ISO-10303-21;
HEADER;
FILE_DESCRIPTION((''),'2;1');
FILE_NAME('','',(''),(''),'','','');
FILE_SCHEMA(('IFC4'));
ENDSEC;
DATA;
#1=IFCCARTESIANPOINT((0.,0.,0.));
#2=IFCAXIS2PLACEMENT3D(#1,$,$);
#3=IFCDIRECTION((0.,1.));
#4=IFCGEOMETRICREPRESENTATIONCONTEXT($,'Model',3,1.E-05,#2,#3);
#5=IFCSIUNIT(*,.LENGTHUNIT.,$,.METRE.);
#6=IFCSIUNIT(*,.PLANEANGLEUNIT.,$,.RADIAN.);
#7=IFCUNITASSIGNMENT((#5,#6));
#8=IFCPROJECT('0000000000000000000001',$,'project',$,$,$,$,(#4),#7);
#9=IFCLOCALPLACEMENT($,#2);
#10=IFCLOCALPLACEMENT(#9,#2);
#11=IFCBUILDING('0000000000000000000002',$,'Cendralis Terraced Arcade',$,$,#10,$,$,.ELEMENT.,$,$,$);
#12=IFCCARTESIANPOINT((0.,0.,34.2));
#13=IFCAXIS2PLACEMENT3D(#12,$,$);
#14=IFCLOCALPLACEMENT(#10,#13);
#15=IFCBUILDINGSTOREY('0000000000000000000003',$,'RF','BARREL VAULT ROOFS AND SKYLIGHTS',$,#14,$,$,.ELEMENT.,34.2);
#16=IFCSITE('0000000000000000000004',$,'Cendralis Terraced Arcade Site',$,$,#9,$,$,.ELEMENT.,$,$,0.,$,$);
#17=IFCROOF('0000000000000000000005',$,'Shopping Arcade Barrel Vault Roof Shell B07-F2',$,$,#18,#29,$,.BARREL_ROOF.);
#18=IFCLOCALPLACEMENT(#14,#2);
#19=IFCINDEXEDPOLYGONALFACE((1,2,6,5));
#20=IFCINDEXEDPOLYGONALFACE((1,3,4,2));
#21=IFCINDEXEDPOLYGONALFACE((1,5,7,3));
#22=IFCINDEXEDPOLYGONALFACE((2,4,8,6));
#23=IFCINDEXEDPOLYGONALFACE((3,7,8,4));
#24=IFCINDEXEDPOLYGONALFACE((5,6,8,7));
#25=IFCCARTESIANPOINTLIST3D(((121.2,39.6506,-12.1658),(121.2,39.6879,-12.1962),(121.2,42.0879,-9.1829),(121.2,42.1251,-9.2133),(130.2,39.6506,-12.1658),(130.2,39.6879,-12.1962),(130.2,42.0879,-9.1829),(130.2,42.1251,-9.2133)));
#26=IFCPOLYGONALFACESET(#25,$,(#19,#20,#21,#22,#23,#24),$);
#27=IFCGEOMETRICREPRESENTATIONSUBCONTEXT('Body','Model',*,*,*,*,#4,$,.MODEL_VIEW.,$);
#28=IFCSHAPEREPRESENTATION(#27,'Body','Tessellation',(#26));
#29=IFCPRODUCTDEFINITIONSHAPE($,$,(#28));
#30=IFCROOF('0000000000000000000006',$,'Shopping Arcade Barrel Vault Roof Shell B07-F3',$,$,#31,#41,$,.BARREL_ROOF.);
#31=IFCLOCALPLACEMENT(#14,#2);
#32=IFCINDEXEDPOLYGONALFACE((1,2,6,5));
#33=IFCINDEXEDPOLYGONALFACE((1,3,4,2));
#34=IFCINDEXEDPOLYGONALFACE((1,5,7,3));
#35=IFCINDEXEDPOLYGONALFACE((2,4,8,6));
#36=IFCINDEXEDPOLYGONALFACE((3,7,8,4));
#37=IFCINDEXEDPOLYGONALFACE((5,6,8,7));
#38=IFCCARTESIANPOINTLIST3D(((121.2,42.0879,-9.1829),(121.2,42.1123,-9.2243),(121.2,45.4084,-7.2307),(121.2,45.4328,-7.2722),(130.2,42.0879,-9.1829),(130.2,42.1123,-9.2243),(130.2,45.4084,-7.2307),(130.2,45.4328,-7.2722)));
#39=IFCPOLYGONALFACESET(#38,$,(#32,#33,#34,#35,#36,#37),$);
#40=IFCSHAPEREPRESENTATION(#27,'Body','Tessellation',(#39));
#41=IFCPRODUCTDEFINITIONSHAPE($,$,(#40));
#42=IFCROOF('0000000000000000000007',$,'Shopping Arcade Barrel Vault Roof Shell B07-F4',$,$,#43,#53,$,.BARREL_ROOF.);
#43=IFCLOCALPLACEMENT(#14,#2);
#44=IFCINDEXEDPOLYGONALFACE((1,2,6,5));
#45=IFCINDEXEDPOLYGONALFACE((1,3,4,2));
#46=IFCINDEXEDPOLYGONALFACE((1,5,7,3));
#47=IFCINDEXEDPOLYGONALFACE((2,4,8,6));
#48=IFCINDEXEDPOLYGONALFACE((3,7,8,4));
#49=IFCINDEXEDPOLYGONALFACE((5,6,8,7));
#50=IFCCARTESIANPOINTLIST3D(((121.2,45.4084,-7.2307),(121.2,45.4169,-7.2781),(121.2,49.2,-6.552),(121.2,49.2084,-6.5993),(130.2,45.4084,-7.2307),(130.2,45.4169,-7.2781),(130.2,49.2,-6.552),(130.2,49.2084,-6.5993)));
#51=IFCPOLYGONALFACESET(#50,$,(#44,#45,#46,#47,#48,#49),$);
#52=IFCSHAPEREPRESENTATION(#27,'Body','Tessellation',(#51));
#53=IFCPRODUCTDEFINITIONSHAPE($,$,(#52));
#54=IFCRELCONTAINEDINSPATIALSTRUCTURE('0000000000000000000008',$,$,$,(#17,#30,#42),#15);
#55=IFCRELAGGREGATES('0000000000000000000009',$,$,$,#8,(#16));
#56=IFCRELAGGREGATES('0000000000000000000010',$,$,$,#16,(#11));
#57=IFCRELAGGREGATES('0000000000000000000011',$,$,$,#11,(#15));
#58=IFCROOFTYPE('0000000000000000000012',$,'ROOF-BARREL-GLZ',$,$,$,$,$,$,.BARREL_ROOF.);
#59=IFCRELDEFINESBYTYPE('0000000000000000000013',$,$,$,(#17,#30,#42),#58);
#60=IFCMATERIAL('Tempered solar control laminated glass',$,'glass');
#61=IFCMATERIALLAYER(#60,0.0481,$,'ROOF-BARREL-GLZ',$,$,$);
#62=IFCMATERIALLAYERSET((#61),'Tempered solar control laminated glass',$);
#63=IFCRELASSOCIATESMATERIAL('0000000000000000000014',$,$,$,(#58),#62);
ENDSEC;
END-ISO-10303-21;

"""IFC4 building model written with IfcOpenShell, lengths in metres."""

from ifc_helpers import new_model, si_unit, direction, frame, origin, place, context, subcontext, project, spatial, polyline, outline, extrude, material, layer, layer_set, type_object, element, save


model = new_model("IFC4")

# Units and contexts
model_context = context("Model", 3, precision=1e-05, world=origin(), true_north=direction((0.0, 1.0)))
body_context = subcontext(model_context, "Body", "Model", "MODEL_VIEW")
ifc_project = project(units=[si_unit("LENGTHUNIT", "METRE"), si_unit("PLANEANGLEUNIT", "RADIAN")], contexts=[model_context])

# Site, building, storey
site_placement = place(None, origin())
site = spatial("IfcSite", under=ifc_project, at=site_placement, Name="Cendralis Terraced Arcade Site", CompositionType="ELEMENT", RefElevation=0.0)
building_placement = place(site_placement, origin())
building = spatial("IfcBuilding", under=site, at=building_placement, Name="Cendralis Terraced Arcade", CompositionType="ELEMENT")
storey_placement = place(building_placement, frame((0.0, 0.0, 34.2)))
storey = spatial("IfcBuildingStorey", under=building, at=storey_placement, Name="RF", Description="BARREL VAULT ROOFS AND SKYLIGHTS", CompositionType="ELEMENT", Elevation=34.2)

# Roofs
ifc_material_1 = material(Name="Tempered solar control laminated glass", Category="glass")
ifc_layer_1 = layer(ifc_material_1, 0.0481, Name="ROOF-BARREL-GLZ")
ifc_layer_set_1 = layer_set([ifc_layer_1], Name="Tempered solar control laminated glass")
roof_type_1 = type_object("IfcRoofType", Name="ROOF-BARREL-GLZ", PredefinedType="BARREL_ROOF", material=ifc_layer_set_1)
roof_1_placement = place(storey_placement, frame((121.2, 39.6506, -12.1658), z_axis=(0.0, -0.774378, 0.632723), x_axis=(1.0, 0.0, 0.0)))
element("IfcRoof", 1, at=roof_1_placement, inside=storey, type_object=roof_type_1, Name="Shopping Arcade Barrel Vault Roof Shell B07-F2", PredefinedType="BARREL_ROOF", context=body_context, shape_type="SweptSolid", body=[
    extrude(outline(polyline([(0.0, 0.0), (9.0, 0.0), (9.0, 3.852), (0.0, 3.852), (0.0, 0.0)])), origin(), (0.0, 0.0, -1.0), 0.0481),
])
roof_2_placement = place(storey_placement, frame((121.2, 42.0879, -9.1829), z_axis=(0.0, -0.506804, 0.862061), x_axis=(1.0, 0.0, 0.0)))
element("IfcRoof", 2, at=roof_2_placement, inside=storey, type_object=roof_type_1, Name="Shopping Arcade Barrel Vault Roof Shell B07-F3", PredefinedType="BARREL_ROOF", context=body_context, shape_type="SweptSolid", body=[
    extrude(outline(polyline([(0.0, 0.0), (9.0, 0.0), (9.0, 3.8519), (0.0, 3.8519), (0.0, 0.0)])), origin(), (0.0, 0.0, -1.0), 0.0481),
])
roof_3_placement = place(storey_placement, frame((121.2, 45.4084, -7.2307), z_axis=(0.0, -0.176207, 0.984353), x_axis=(1.0, 0.0, 0.0)))
element("IfcRoof", 3, at=roof_3_placement, inside=storey, type_object=roof_type_1, Name="Shopping Arcade Barrel Vault Roof Shell B07-F4", PredefinedType="BARREL_ROOF", context=body_context, shape_type="SweptSolid", body=[
    extrude(outline(polyline([(0.0, 0.0), (9.0, 0.0), (9.0, 3.8518), (0.0, 3.8518), (0.0, 0.0)])), origin(), (0.0, 0.0, -1.0), 0.0481),
])

save(model, "model.ifc")
